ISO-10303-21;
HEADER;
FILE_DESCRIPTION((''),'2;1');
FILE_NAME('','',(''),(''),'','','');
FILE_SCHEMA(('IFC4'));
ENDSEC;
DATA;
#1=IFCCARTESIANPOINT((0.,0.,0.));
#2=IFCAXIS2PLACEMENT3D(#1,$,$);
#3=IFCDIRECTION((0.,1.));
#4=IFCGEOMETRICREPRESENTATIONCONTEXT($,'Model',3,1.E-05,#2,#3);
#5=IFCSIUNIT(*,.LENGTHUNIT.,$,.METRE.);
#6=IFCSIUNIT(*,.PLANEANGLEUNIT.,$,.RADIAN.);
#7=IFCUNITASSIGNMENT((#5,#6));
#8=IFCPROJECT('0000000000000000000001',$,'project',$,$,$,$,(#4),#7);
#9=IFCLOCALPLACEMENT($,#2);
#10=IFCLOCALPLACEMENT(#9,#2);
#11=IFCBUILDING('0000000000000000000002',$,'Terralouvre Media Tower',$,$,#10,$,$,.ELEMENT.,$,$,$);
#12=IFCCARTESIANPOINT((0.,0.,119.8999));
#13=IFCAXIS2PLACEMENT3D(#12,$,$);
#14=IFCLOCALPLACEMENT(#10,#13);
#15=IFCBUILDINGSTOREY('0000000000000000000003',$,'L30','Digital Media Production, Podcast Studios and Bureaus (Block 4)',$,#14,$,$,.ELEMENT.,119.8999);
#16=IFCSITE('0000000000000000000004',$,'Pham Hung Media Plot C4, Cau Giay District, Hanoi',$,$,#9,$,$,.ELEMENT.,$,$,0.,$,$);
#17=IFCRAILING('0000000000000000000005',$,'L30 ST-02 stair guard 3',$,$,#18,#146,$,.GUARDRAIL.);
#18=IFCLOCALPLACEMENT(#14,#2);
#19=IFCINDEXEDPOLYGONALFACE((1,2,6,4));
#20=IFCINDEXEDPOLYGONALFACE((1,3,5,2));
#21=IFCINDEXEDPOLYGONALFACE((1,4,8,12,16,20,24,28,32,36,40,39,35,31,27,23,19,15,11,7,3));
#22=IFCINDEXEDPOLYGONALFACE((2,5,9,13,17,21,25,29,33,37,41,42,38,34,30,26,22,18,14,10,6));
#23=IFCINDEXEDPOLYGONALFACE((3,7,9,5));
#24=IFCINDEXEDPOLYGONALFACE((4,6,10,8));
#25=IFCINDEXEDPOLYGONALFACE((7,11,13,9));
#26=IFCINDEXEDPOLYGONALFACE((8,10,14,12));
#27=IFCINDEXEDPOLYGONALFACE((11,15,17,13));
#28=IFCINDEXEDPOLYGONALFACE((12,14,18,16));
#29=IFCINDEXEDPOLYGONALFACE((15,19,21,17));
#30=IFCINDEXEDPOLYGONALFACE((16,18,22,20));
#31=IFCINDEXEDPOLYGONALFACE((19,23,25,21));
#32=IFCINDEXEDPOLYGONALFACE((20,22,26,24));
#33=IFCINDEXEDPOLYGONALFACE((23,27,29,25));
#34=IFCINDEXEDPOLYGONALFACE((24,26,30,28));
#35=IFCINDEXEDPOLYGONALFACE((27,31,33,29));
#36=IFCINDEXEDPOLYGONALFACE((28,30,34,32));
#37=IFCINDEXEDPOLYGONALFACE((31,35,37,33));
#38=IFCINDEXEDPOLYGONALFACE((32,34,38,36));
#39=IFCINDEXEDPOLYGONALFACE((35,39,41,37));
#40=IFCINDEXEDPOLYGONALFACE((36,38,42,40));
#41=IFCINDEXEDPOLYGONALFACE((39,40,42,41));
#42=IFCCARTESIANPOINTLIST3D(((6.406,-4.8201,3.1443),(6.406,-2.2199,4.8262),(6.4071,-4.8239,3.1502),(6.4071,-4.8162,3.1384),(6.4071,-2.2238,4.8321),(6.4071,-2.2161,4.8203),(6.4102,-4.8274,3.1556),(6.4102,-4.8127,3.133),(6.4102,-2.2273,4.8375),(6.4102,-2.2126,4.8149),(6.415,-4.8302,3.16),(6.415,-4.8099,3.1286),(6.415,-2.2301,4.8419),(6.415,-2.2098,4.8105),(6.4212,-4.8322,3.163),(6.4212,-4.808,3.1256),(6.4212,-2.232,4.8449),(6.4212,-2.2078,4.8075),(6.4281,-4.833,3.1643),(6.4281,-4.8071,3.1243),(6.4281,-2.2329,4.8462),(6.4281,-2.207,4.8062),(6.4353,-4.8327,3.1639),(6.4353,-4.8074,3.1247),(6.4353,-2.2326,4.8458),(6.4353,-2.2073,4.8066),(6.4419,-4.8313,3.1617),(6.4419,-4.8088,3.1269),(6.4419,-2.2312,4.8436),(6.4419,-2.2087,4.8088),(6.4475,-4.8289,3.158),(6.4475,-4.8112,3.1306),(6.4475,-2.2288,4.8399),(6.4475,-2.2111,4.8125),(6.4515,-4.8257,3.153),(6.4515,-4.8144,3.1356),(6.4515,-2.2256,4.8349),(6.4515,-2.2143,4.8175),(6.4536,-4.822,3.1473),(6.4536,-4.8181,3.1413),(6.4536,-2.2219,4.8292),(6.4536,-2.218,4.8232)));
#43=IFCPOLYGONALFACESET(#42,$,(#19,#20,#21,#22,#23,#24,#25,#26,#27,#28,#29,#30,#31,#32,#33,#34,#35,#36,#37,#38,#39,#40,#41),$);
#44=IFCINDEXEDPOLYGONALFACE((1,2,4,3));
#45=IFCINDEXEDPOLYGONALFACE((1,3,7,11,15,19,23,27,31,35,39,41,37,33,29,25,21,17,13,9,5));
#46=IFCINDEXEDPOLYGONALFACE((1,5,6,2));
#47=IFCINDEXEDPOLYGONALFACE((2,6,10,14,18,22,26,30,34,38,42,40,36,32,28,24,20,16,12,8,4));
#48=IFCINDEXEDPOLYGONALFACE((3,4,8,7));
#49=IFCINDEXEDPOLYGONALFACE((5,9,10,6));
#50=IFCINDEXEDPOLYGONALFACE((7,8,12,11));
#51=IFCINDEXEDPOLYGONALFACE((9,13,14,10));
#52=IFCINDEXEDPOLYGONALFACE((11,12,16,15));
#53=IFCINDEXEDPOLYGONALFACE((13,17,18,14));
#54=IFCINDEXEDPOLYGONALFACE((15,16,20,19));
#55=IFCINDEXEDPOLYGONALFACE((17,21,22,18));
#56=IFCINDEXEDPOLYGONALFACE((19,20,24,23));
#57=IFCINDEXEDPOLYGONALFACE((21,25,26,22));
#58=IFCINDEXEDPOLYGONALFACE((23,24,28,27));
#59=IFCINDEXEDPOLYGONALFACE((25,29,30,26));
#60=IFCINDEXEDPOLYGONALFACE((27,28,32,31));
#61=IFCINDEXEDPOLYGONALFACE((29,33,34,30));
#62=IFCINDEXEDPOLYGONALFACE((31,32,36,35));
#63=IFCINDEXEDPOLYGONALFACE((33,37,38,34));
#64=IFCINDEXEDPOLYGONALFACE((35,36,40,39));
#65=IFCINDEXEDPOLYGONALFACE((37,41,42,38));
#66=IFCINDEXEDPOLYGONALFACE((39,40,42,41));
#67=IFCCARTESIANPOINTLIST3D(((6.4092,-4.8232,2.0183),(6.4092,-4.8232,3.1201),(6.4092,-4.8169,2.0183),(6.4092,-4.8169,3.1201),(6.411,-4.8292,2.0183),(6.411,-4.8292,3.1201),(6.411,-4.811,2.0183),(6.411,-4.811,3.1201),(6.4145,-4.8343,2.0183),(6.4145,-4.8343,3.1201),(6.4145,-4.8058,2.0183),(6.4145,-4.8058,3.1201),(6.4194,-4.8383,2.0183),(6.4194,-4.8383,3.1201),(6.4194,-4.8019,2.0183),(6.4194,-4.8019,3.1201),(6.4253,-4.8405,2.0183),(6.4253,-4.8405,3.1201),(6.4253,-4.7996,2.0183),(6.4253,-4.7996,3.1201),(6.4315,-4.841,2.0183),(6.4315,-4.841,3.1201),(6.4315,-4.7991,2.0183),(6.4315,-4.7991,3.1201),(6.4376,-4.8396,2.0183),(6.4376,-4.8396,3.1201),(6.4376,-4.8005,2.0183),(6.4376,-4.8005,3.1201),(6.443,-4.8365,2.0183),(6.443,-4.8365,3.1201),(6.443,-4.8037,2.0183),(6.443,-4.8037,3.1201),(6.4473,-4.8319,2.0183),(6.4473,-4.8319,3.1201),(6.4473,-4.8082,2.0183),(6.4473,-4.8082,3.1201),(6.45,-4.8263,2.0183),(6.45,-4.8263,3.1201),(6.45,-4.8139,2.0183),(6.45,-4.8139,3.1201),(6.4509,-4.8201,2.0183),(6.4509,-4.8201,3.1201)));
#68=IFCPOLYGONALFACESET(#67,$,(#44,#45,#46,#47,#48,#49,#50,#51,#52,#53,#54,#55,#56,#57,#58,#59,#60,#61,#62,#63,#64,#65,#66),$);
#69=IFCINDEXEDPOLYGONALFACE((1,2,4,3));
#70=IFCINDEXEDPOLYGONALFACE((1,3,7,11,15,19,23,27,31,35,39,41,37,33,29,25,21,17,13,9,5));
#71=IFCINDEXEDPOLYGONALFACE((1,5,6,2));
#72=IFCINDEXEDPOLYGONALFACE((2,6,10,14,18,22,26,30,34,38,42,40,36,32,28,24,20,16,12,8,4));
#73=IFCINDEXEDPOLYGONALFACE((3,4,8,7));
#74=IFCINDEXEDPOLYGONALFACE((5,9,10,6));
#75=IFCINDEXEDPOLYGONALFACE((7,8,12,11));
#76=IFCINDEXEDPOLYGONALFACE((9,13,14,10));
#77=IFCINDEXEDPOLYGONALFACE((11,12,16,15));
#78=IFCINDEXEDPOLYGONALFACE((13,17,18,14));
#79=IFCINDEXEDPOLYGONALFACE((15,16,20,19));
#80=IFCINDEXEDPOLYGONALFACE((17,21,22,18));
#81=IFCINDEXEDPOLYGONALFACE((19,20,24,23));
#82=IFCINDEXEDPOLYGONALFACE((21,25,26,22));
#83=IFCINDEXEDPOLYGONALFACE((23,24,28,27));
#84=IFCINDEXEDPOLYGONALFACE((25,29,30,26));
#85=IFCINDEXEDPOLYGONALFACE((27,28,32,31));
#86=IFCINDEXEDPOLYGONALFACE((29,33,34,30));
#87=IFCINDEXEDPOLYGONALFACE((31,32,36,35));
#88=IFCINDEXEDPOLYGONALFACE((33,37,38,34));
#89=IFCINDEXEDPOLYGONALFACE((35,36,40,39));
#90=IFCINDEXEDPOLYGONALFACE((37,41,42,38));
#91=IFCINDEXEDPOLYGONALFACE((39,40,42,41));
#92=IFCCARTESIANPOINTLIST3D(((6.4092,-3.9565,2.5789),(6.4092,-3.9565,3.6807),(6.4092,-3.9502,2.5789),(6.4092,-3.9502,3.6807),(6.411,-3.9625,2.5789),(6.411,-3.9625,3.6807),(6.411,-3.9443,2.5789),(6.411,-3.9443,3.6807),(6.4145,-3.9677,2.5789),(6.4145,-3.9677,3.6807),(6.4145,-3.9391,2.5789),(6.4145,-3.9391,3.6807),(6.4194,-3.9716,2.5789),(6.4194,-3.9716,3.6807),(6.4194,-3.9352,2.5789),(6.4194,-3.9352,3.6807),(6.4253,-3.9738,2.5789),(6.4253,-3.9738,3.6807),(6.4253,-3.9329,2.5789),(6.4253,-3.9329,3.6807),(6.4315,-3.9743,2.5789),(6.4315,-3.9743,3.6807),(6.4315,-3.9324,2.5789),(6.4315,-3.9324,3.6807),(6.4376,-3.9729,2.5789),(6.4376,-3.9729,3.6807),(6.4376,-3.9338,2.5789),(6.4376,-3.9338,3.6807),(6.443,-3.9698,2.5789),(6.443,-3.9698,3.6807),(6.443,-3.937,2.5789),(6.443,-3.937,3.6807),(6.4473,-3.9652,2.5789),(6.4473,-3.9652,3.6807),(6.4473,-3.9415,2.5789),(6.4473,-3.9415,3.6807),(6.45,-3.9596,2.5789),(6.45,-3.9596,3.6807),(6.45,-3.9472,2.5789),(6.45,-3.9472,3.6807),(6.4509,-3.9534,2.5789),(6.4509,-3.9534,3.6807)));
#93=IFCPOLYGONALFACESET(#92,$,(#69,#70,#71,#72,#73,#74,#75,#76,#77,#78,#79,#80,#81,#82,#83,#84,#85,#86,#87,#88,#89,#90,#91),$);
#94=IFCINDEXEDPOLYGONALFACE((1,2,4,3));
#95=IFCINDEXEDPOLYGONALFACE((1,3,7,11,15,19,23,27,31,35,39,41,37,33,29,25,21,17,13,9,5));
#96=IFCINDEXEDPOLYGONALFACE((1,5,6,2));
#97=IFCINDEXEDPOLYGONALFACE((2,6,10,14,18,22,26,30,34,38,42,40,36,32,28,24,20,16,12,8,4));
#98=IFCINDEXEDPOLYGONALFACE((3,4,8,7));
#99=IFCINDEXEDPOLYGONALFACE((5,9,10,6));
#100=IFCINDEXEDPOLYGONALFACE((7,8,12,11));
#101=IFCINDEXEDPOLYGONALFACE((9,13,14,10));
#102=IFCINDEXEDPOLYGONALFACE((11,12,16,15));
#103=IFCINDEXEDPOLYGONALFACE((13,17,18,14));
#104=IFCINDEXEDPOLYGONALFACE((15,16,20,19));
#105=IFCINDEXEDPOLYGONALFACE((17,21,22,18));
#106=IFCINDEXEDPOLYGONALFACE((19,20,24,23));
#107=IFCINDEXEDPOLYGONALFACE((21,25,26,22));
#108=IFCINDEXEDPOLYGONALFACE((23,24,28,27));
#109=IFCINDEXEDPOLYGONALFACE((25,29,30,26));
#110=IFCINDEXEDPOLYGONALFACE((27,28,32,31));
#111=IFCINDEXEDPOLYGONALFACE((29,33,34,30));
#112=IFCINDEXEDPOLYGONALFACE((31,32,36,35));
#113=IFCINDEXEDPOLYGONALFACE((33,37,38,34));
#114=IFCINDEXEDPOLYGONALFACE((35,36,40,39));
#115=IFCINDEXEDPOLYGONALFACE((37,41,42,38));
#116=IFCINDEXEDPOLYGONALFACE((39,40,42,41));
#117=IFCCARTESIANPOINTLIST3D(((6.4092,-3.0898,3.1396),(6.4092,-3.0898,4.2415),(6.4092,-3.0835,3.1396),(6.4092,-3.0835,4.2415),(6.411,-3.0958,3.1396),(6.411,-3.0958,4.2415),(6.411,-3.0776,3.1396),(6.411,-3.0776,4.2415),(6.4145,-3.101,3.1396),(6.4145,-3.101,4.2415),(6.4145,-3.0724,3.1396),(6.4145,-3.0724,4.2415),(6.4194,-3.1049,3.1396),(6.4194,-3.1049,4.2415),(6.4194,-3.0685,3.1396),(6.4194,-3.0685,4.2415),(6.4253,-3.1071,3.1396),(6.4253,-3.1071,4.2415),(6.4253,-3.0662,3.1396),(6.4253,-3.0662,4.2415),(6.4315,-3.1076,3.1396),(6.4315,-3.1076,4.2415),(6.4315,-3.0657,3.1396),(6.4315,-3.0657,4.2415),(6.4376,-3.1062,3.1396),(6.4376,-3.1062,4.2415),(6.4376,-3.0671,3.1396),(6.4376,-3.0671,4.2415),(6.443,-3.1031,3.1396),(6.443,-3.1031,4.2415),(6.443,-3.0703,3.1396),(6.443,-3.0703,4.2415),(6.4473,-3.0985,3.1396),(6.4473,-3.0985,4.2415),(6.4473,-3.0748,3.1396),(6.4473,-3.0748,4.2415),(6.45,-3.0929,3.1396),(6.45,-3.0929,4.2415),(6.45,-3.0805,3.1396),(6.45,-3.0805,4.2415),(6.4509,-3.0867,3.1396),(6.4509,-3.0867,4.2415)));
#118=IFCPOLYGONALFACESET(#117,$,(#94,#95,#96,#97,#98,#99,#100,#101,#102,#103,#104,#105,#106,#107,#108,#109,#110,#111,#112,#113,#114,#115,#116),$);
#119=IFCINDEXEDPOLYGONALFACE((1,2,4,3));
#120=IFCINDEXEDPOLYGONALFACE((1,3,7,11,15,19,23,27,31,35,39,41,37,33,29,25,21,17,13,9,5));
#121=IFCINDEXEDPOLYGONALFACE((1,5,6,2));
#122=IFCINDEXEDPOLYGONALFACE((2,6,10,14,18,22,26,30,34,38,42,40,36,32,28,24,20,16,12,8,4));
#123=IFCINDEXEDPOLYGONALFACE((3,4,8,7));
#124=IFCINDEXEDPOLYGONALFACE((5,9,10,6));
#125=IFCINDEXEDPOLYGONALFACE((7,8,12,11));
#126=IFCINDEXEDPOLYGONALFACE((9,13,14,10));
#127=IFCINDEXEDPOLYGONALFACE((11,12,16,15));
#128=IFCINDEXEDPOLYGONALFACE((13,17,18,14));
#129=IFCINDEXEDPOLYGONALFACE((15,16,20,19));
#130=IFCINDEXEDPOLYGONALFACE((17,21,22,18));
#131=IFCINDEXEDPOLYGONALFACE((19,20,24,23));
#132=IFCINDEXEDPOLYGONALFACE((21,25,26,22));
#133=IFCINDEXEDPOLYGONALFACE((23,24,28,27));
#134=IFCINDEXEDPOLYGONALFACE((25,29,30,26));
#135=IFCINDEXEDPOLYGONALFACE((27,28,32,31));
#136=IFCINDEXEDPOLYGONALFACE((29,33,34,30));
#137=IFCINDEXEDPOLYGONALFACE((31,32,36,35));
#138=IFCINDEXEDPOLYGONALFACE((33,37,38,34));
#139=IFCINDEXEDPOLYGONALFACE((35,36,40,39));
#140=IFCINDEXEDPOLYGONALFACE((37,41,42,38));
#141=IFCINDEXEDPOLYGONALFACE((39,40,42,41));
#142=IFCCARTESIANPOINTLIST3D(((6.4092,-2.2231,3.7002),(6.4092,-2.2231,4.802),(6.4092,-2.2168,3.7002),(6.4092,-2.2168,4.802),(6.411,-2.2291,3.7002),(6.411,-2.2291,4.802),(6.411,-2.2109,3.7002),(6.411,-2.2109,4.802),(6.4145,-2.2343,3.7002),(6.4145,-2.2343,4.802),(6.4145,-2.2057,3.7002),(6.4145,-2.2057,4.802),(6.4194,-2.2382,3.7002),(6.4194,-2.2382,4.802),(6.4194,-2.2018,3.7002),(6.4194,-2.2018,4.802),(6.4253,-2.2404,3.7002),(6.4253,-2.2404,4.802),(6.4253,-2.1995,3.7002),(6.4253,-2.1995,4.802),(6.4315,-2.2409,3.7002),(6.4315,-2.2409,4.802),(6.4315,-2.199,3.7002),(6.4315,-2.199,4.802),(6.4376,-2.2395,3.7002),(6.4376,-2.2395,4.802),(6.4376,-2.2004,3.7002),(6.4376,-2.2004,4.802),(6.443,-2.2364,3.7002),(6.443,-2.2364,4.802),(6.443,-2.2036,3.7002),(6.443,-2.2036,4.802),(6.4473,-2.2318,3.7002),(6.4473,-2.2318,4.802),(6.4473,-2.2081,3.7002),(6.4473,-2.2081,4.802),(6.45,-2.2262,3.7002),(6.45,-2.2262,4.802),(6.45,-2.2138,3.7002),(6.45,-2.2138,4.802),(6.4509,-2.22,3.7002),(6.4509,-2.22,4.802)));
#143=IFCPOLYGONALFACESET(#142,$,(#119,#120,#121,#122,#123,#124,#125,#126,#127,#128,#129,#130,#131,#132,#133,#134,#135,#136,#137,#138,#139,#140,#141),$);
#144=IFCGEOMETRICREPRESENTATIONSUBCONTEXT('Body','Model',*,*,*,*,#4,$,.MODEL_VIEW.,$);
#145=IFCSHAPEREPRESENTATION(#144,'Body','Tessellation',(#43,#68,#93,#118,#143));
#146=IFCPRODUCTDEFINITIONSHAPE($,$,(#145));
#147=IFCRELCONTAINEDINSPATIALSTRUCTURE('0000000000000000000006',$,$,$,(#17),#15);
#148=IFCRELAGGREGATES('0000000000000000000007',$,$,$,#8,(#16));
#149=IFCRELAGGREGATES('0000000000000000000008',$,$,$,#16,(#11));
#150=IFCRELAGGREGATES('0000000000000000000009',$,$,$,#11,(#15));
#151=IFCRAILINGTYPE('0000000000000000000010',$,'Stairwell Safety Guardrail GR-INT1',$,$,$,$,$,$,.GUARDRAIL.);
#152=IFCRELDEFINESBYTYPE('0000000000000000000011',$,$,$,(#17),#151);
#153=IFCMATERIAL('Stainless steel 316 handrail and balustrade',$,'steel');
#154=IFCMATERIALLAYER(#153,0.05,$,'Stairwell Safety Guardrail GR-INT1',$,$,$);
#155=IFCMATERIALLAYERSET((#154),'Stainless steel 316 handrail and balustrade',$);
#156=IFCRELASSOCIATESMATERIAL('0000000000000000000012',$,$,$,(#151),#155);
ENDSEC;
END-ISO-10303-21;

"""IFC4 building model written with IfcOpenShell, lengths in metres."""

from ifc_helpers import new_model, si_unit, direction, frame, origin, origin_2d, place, context, subcontext, project, spatial, circle, extrude, material, layer, layer_set, type_object, element, save


model = new_model("IFC4")

# Units and contexts
model_context = context("Model", 3, precision=1e-05, world=origin(), true_north=direction((0.0, 1.0)))
body_context = subcontext(model_context, "Body", "Model", "MODEL_VIEW")
ifc_project = project(units=[si_unit("LENGTHUNIT", "METRE"), si_unit("PLANEANGLEUNIT", "RADIAN")], contexts=[model_context])

# Site, building, storey
site_placement = place(None, origin())
site = spatial("IfcSite", under=ifc_project, at=site_placement, Name="Pham Hung Media Plot C4, Cau Giay District, Hanoi", CompositionType="ELEMENT", RefElevation=0.0)
building_placement = place(site_placement, origin())
building = spatial("IfcBuilding", under=site, at=building_placement, Name="Terralouvre Media Tower", CompositionType="ELEMENT")
storey_placement = place(building_placement, frame((0.0, 0.0, 119.8999)))
storey = spatial("IfcBuildingStorey", under=building, at=storey_placement, Name="L30", Description="Digital Media Production, Podcast Studios and Bureaus (Block 4)", CompositionType="ELEMENT", Elevation=119.8999)

# Railing
ifc_material_1 = material(Name="Stainless steel 316 handrail and balustrade", Category="steel")
ifc_layer_1 = layer(ifc_material_1, 0.05, Name="Stairwell Safety Guardrail GR-INT1")
ifc_layer_set_1 = layer_set([ifc_layer_1], Name="Stainless steel 316 handrail and balustrade")
railing_type_1 = type_object("IfcRailingType", Name="Stairwell Safety Guardrail GR-INT1", PredefinedType="GUARDRAIL", material=ifc_layer_set_1)
railing_1_placement = place(storey_placement, frame((6.4299, -4.8201, 2.0183)))
element("IfcRailing", 1, at=railing_1_placement, inside=storey, type_object=railing_type_1, Name="L30 ST-02 stair guard 3", PredefinedType="GUARDRAIL", context=body_context, shape_type="SweptSolid", body=[
    extrude(circle(Radius=0.0239, at=origin_2d()), frame((0.0, 0.0, 1.126), z_axis=(0.0, 0.839648, 0.54313), x_axis=(-1.0, 0.0, 0.0)), (0.0, 0.0, 1.0), 3.0967),
    extrude(circle(Radius=0.021, at=origin_2d()), origin(), (0.0, 0.0, 1.0), 1.1018),
    extrude(circle(Radius=0.021, at=origin_2d()), frame((0.0, 0.8667, 0.5605)), (0.0, 0.0, 1.0), 1.1018),
    extrude(circle(Radius=0.021, at=origin_2d()), frame((0.0, 1.7334, 1.1213)), (0.0, 0.0, 1.0), 1.1018),
    extrude(circle(Radius=0.021, at=origin_2d()), frame((0.0, 2.6001, 1.6819)), (0.0, 0.0, 1.0), 1.1018),
])

save(model, "model.ifc")
